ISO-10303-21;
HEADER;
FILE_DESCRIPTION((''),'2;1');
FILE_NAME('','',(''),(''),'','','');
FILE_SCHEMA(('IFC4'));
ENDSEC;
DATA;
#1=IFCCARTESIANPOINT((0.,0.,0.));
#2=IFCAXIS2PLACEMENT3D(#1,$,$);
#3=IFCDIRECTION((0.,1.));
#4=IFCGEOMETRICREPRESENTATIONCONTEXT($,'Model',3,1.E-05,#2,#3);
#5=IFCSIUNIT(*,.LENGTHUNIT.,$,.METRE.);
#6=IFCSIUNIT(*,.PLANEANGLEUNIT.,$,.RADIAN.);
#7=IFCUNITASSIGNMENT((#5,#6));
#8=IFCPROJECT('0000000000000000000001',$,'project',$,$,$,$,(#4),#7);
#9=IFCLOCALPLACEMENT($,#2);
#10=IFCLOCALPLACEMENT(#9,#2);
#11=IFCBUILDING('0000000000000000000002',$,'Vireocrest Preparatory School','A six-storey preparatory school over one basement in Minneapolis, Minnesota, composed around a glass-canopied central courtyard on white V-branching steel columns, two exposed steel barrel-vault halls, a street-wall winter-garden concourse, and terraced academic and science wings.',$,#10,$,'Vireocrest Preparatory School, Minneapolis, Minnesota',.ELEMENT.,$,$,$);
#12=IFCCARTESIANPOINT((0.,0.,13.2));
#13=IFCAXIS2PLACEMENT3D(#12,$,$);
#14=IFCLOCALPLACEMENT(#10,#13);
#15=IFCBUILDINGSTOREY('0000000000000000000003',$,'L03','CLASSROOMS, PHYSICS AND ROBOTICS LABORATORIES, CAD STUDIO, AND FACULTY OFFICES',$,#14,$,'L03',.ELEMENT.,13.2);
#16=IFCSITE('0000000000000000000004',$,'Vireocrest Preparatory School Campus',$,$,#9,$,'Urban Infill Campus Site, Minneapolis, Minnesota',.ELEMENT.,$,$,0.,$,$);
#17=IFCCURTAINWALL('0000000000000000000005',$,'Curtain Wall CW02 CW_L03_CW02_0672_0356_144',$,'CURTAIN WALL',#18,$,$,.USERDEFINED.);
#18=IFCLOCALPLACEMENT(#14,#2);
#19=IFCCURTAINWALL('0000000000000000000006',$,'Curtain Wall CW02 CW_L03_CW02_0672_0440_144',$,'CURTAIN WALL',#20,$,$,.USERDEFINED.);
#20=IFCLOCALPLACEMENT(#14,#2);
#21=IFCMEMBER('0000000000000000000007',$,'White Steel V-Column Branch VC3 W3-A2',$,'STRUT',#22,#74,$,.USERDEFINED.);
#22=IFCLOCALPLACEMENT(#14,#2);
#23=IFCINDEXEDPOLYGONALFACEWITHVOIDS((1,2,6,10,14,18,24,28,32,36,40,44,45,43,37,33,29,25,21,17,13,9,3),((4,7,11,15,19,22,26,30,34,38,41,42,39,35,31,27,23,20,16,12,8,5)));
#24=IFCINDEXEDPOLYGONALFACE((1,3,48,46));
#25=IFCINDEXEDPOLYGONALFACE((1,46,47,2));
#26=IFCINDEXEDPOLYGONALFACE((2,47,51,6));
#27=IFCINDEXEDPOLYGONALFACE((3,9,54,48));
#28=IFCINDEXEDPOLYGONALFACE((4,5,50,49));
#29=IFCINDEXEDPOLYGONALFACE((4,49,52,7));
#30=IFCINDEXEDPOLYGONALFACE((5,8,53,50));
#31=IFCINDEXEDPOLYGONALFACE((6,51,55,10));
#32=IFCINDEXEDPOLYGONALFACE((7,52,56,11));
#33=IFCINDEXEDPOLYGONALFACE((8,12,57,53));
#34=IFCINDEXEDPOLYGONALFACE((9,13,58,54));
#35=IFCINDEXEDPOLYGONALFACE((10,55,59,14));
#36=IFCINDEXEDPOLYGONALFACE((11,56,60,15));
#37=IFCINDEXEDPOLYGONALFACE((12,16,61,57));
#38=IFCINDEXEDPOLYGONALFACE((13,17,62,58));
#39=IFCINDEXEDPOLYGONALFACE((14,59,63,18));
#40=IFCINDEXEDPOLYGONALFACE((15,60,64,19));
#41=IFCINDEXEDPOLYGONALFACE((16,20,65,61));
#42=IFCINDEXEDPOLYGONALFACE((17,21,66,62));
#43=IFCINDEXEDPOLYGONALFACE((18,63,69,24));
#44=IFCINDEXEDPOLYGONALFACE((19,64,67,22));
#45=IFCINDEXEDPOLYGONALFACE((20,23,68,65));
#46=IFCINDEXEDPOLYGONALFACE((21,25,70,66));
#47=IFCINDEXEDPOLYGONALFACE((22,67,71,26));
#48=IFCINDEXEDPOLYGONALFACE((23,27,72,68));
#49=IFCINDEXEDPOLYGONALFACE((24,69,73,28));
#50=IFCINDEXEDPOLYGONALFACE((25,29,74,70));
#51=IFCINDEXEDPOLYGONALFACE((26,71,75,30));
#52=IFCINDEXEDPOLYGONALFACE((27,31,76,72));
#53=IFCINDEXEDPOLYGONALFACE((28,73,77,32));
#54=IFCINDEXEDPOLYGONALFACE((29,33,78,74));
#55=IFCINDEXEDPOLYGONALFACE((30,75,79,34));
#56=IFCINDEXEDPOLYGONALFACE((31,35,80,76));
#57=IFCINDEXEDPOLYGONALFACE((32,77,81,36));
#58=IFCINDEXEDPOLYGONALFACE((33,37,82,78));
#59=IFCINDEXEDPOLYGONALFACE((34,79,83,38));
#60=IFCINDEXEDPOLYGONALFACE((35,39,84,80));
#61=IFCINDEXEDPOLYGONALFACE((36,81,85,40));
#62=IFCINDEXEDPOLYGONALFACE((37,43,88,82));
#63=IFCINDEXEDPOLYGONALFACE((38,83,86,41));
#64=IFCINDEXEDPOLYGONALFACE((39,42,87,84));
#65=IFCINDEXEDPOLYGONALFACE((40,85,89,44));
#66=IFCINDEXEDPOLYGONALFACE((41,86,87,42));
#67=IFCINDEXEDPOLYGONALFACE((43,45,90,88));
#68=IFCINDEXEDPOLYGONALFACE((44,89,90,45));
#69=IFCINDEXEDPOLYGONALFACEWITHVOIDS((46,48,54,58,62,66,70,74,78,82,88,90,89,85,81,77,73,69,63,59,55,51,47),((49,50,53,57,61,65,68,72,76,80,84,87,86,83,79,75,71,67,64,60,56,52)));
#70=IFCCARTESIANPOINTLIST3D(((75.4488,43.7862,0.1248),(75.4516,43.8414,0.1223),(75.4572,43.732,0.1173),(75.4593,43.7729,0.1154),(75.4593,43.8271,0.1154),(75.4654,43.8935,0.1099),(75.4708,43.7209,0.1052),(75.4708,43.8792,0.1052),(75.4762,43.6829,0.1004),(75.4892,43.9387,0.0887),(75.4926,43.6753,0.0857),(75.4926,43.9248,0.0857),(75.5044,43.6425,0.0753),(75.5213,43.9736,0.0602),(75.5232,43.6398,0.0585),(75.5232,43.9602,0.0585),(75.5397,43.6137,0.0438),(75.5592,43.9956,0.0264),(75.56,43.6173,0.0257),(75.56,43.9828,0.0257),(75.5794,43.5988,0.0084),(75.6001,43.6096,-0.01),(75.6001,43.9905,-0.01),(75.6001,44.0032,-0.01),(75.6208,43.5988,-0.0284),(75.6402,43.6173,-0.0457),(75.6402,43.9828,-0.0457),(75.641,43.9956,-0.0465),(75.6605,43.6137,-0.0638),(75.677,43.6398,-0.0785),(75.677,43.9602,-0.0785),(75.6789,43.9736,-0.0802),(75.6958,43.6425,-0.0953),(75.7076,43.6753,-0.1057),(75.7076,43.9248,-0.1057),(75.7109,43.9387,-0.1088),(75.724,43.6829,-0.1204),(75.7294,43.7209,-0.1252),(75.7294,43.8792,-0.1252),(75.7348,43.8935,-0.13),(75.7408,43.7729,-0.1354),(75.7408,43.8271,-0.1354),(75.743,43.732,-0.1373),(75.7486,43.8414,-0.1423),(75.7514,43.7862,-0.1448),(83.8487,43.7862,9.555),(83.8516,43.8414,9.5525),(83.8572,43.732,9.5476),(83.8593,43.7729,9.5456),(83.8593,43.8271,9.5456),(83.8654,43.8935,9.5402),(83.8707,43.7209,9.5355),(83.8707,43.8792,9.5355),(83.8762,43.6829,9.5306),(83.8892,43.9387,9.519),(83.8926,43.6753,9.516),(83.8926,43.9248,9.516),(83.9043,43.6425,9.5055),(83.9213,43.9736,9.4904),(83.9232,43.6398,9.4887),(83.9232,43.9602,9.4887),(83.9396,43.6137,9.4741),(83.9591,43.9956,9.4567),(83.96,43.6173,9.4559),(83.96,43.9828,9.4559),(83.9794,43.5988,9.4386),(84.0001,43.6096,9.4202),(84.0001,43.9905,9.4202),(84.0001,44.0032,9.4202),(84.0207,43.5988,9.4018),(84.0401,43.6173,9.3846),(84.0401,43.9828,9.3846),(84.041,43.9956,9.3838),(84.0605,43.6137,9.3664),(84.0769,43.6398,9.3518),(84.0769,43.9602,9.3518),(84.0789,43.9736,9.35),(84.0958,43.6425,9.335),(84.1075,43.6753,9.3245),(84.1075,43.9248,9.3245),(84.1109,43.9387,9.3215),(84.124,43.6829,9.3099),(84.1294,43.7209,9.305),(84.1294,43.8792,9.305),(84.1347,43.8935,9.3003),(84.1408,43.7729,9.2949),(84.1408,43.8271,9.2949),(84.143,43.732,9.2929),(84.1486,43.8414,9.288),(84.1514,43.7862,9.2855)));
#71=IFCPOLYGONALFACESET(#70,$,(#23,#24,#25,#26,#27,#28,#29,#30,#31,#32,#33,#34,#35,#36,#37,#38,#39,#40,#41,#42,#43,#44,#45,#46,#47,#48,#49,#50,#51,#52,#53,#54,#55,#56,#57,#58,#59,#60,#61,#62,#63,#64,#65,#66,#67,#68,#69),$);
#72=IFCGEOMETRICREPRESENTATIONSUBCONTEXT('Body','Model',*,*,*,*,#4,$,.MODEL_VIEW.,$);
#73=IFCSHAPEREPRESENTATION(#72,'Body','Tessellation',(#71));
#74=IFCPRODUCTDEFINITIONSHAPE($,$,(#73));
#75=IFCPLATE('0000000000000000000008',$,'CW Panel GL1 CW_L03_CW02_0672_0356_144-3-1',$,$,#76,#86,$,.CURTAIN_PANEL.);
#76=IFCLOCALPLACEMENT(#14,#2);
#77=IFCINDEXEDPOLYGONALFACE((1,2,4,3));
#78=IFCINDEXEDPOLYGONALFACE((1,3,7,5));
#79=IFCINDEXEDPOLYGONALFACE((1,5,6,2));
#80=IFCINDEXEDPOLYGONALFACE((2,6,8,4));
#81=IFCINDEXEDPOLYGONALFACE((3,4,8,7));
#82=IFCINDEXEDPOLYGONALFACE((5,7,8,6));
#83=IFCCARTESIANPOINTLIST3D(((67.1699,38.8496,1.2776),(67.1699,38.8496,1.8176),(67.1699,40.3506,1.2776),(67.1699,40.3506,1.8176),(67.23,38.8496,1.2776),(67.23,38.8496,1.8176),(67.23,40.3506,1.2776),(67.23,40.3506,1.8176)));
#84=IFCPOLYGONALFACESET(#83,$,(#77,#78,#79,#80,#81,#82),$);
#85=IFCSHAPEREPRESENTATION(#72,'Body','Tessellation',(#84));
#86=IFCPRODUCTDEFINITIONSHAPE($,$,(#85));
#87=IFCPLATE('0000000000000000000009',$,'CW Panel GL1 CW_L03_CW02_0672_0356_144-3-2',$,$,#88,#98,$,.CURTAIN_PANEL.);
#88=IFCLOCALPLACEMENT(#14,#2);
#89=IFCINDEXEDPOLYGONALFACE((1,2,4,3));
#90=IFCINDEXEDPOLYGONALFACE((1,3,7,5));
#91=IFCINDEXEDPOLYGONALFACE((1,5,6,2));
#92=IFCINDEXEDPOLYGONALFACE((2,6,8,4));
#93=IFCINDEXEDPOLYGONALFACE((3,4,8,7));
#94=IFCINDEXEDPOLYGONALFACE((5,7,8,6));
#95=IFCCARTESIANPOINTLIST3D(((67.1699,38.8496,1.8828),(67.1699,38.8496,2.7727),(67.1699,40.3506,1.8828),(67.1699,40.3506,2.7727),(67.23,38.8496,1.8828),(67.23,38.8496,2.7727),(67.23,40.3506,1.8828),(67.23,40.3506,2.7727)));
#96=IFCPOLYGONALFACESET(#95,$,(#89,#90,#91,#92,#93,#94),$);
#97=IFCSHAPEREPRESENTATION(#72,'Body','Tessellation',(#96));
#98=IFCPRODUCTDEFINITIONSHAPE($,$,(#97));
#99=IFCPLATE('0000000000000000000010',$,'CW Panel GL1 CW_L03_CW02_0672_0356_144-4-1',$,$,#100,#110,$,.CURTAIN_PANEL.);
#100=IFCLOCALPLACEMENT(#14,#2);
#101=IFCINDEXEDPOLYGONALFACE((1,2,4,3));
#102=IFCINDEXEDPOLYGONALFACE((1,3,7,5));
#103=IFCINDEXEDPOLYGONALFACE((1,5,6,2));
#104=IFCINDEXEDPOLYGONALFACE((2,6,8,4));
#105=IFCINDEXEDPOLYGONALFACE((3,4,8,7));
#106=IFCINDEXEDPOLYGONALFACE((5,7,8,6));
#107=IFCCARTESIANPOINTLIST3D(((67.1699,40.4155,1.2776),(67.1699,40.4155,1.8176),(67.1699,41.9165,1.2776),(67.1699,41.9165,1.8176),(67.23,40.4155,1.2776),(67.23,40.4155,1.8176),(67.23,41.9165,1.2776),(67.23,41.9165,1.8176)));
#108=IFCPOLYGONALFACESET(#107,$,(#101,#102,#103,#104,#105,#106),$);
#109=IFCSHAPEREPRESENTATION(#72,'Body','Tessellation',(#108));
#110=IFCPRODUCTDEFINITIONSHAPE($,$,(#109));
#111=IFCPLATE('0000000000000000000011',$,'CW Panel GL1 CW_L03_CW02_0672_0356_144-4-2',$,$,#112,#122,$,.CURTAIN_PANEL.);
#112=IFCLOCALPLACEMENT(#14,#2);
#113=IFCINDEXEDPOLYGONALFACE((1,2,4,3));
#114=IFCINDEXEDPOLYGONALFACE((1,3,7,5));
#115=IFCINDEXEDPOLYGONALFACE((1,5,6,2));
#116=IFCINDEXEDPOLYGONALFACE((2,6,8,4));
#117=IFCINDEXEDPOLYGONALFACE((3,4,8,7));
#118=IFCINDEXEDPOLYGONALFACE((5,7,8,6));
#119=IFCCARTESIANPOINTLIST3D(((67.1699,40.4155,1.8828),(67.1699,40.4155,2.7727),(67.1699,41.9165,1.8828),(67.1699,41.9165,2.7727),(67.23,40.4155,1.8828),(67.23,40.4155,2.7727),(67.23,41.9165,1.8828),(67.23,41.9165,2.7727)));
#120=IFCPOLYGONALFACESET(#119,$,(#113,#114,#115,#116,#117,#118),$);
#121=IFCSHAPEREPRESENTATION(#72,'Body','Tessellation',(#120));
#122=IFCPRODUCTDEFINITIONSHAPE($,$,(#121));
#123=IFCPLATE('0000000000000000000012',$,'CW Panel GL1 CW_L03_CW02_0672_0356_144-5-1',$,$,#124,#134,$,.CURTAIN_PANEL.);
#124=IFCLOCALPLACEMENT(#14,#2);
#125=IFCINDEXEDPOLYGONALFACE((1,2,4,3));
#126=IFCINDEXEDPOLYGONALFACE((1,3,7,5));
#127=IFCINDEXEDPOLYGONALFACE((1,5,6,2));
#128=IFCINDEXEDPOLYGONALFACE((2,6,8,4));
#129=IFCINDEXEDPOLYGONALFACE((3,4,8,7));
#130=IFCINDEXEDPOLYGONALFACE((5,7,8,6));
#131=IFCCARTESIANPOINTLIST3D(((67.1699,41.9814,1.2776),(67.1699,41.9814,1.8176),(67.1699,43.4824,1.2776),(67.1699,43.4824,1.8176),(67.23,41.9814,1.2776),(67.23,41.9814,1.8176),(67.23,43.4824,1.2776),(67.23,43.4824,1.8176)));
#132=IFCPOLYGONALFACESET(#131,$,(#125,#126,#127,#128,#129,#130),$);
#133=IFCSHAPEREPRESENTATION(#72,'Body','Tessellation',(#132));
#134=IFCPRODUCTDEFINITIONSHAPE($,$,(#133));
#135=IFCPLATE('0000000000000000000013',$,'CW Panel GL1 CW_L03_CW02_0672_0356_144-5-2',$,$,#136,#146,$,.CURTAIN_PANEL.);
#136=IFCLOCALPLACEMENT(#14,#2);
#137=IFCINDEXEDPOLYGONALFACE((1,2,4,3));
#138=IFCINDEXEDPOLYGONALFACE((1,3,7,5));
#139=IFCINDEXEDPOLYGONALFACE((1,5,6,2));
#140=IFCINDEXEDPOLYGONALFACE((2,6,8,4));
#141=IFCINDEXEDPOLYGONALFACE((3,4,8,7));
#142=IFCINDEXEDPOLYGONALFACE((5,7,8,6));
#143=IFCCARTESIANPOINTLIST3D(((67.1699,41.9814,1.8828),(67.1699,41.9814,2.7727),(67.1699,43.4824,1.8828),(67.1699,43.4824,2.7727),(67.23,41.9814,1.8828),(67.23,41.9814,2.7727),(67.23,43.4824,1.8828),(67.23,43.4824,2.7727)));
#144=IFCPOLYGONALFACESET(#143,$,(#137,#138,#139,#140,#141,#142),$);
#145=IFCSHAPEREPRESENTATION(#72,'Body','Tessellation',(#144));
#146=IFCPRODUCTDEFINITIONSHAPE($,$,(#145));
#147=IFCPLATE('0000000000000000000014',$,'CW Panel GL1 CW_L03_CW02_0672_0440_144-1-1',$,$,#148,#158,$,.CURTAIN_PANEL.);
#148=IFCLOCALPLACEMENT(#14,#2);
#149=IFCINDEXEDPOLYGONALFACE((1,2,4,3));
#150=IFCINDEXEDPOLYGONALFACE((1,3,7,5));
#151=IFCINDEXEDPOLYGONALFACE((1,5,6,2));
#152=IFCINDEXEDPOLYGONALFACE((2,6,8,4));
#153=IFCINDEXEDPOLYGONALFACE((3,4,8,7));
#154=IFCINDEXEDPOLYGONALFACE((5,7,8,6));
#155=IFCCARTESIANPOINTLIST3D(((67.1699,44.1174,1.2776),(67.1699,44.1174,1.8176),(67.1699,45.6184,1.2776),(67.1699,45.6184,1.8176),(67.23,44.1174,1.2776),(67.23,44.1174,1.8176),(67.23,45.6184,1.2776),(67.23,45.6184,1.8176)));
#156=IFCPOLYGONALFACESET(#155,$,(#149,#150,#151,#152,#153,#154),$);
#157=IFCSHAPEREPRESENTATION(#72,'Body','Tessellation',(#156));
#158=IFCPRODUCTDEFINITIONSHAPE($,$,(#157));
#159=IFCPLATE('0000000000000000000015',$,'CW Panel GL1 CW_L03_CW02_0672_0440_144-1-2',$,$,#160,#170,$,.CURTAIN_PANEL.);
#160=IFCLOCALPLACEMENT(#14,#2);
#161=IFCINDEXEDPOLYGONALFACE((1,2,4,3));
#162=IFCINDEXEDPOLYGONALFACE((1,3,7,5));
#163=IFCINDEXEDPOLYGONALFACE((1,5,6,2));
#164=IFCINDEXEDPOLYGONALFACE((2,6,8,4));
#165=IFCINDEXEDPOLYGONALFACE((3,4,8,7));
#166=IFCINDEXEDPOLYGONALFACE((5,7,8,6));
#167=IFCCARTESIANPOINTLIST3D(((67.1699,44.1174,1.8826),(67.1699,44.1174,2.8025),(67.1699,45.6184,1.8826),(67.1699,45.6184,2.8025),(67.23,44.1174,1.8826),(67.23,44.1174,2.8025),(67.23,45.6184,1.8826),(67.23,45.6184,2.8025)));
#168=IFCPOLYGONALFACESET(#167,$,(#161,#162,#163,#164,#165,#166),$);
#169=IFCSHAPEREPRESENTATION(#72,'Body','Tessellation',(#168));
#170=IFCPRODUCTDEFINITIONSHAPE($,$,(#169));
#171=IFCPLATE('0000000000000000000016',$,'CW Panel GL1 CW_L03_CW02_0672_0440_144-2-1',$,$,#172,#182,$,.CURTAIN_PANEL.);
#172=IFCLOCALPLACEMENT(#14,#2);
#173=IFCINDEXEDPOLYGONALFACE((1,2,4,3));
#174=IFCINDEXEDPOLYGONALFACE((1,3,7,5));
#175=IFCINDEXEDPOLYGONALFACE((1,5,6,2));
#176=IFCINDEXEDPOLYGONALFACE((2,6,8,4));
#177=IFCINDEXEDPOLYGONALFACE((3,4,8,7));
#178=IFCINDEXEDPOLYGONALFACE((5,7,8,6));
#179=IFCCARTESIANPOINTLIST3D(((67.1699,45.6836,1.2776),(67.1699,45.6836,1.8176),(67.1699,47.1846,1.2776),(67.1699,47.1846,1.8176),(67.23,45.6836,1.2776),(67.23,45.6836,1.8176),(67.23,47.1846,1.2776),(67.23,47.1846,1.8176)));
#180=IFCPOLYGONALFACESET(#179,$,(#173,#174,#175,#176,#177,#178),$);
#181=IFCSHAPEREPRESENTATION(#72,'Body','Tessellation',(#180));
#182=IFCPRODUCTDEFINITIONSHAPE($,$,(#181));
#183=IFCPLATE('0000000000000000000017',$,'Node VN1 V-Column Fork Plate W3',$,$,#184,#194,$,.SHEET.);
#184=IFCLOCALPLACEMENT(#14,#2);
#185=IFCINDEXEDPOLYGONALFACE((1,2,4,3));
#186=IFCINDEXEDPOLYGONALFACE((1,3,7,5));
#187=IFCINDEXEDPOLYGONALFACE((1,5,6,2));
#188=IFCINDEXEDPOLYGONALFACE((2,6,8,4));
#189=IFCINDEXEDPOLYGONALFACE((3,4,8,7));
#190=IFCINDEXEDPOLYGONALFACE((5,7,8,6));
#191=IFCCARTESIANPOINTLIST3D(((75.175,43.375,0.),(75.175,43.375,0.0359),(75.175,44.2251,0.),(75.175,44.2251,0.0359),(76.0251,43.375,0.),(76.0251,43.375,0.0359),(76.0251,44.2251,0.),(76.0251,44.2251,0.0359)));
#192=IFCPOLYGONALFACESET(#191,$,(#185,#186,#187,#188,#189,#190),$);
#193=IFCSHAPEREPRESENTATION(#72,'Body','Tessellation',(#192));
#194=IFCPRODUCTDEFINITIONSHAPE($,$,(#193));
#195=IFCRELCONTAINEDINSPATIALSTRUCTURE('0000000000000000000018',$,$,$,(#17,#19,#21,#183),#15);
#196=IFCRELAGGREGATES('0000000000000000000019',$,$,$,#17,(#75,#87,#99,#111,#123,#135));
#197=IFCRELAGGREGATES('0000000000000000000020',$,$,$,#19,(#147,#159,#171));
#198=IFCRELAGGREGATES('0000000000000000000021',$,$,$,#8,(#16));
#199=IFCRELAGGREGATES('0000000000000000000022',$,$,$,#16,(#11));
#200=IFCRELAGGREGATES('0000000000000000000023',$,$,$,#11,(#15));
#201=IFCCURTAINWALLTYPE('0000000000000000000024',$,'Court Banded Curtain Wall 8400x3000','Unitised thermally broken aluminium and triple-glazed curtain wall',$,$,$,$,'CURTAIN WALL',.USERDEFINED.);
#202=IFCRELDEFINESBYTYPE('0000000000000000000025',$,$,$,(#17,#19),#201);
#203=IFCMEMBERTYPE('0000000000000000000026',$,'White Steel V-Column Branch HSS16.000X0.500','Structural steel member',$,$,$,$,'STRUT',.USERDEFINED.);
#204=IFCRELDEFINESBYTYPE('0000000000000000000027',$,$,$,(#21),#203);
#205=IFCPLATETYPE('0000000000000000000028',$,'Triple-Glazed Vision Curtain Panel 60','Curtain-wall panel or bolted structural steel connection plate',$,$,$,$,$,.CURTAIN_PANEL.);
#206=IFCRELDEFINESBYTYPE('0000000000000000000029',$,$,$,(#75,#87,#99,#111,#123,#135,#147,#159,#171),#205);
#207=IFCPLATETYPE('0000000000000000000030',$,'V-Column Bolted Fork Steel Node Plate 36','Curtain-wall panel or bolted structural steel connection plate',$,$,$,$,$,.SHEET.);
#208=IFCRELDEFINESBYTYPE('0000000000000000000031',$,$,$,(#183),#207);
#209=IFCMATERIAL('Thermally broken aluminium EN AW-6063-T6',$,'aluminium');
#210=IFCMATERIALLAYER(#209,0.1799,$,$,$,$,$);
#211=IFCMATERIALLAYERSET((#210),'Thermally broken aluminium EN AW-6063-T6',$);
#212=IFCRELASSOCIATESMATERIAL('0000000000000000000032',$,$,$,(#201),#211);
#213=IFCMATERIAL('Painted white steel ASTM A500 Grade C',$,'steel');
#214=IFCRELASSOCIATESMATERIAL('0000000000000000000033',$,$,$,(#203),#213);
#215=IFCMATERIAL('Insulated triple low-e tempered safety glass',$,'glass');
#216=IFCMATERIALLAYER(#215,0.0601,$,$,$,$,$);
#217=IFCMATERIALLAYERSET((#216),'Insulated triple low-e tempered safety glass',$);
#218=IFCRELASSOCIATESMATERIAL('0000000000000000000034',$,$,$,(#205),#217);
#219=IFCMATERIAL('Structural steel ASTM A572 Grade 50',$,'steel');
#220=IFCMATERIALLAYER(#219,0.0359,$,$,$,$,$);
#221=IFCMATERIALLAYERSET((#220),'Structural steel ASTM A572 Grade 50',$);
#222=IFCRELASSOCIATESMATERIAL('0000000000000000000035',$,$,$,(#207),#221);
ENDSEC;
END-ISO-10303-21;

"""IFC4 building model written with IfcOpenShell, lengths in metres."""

from ifc_helpers import new_model, si_unit, direction, frame, origin, origin_2d, place, context, subcontext, project, spatial, rectangle, hollow_circle, extrude, material, layer, layer_set, material_profile, profile_set, type_object, element, aggregate, save


model = new_model("IFC4")

# Units and contexts
model_context = context("Model", 3, precision=1e-05, world=origin(), true_north=direction((0.0, 1.0)))
body_context = subcontext(model_context, "Body", "Model", "MODEL_VIEW")
ifc_project = project(units=[si_unit("LENGTHUNIT", "METRE"), si_unit("PLANEANGLEUNIT", "RADIAN")], contexts=[model_context])

# Site, building, storey
site_placement = place(None, origin())
site = spatial("IfcSite", under=ifc_project, at=site_placement, Name="Vireocrest Preparatory School Campus", LongName="Urban Infill Campus Site, Minneapolis, Minnesota", CompositionType="ELEMENT", RefElevation=0.0)
building_placement = place(site_placement, origin())
building = spatial("IfcBuilding", under=site, at=building_placement, Name="Vireocrest Preparatory School", Description="A six-storey preparatory school over one basement in Minneapolis, Minnesota, composed around a glass-canopied central courtyard on white V-branching steel columns, two exposed steel barrel-vault halls, a street-wall winter-garden concourse, and terraced academic and science wings.", LongName="Vireocrest Preparatory School, Minneapolis, Minnesota", CompositionType="ELEMENT")
storey_placement = place(building_placement, frame((0.0, 0.0, 13.2)))
storey = spatial("IfcBuildingStorey", under=building, at=storey_placement, Name="L03", Description="CLASSROOMS, PHYSICS AND ROBOTICS LABORATORIES, CAD STUDIO, AND FACULTY OFFICES", LongName="L03", CompositionType="ELEMENT", Elevation=13.2)

# Curtain walls
ifc_material_1 = material(Name="Thermally broken aluminium EN AW-6063-T6", Category="aluminium")
ifc_layer_1 = layer(ifc_material_1, 0.1799)
ifc_layer_set_1 = layer_set([ifc_layer_1], Name="Thermally broken aluminium EN AW-6063-T6")
curtain_wall_type = type_object("IfcCurtainWallType", Name="Court Banded Curtain Wall 8400x3000", Description="Unitised thermally broken aluminium and triple-glazed curtain wall", ElementType="CURTAIN WALL", PredefinedType="USERDEFINED", material=ifc_layer_set_1)
curtain_wall_1_placement = place(storey_placement, origin())
curtain_wall_1 = element("IfcCurtainWall", 1, at=curtain_wall_1_placement, inside=storey, type_object=curtain_wall_type, Name="Curtain Wall CW02 CW_L03_CW02_0672_0356_144", ObjectType="CURTAIN WALL", PredefinedType="USERDEFINED")
curtain_wall_2_placement = place(storey_placement, origin())
curtain_wall_2 = element("IfcCurtainWall", 2, at=curtain_wall_2_placement, inside=storey, type_object=curtain_wall_type, Name="Curtain Wall CW02 CW_L03_CW02_0672_0440_144", ObjectType="CURTAIN WALL", PredefinedType="USERDEFINED")

# Member
ifc_material_2 = material(Name="Painted white steel ASTM A500 Grade C", Category="steel")
ifc_material_profile_1 = material_profile(ifc_material_2, hollow_circle(Radius=0.2031, WallThickness=0.0127, at=origin_2d()), Name="HSS16.000X0.500")
ifc_profile_set_1 = profile_set([ifc_material_profile_1], Name="Painted white steel ASTM A500 Grade C")
member_type_1 = type_object("IfcMemberType", Name="White Steel V-Column Branch HSS16.000X0.500", Description="Structural steel member", ElementType="STRUT", PredefinedType="USERDEFINED", material=ifc_profile_set_1)
for number, where, z_axis, x_axis, name in (
    (3, (75.6001, 43.8, -0.01), (0.665139, 0.0, 0.74672), (0.0, 1.0, 0.0), "White Steel V-Column Branch VC3 W3-A2"),
):
    element("IfcMember", number, at=place(storey_placement, frame(where, z_axis=z_axis, x_axis=x_axis)), inside=storey, type_object=member_type_1, Name=name, ObjectType="STRUT", PredefinedType="USERDEFINED", context=body_context, shape_type="SweptSolid", body=[
        extrude(hollow_circle(Radius=0.2031, WallThickness=0.0127, at=origin_2d()), origin(), (0.0, 0.0, 1.0), 12.6289),
    ])

# Plates
ifc_material_3 = material(Name="Insulated triple low-e tempered safety glass", Category="glass")
ifc_layer_2 = layer(ifc_material_3, 0.0601)
ifc_layer_set_2 = layer_set([ifc_layer_2], Name="Insulated triple low-e tempered safety glass")
plate_type_1 = type_object("IfcPlateType", Name="Triple-Glazed Vision Curtain Panel 60", Description="Curtain-wall panel or bolted structural steel connection plate", PredefinedType="CURTAIN_PANEL", material=ifc_layer_set_2)
plate_1_placement = place(storey_placement, frame((67.2, 39.6001, 1.2776), z_axis=(0.0, 0.0, 1.0), x_axis=(0.0, 1.0, 0.0)))
plate_1 = element("IfcPlate", 4, at=plate_1_placement, type_object=plate_type_1, Name="CW Panel GL1 CW_L03_CW02_0672_0356_144-3-1", PredefinedType="CURTAIN_PANEL", context=body_context, shape_type="SweptSolid", body=[
    extrude(rectangle(XDim=1.501, YDim=0.0601, at=origin_2d()), origin(), (0.0, 0.0, 1.0), 0.54),
])
plate_2_placement = place(storey_placement, frame((67.2, 39.6001, 1.8828), z_axis=(0.0, 0.0, 1.0), x_axis=(0.0, 1.0, 0.0)))
plate_2 = element("IfcPlate", 5, at=plate_2_placement, type_object=plate_type_1, Name="CW Panel GL1 CW_L03_CW02_0672_0356_144-3-2", PredefinedType="CURTAIN_PANEL", context=body_context, shape_type="SweptSolid", body=[
    extrude(rectangle(XDim=1.501, YDim=0.0601, at=origin_2d()), origin(), (0.0, 0.0, 1.0), 0.8899),
])
plate_3_placement = place(storey_placement, frame((67.2, 41.166, 1.2776), z_axis=(0.0, 0.0, 1.0), x_axis=(0.0, 1.0, 0.0)))
plate_3 = element("IfcPlate", 6, at=plate_3_placement, type_object=plate_type_1, Name="CW Panel GL1 CW_L03_CW02_0672_0356_144-4-1", PredefinedType="CURTAIN_PANEL", context=body_context, shape_type="SweptSolid", body=[
    extrude(rectangle(XDim=1.501, YDim=0.0601, at=origin_2d()), origin(), (0.0, 0.0, 1.0), 0.54),
])
plate_4_placement = place(storey_placement, frame((67.2, 41.166, 1.8828), z_axis=(0.0, 0.0, 1.0), x_axis=(0.0, 1.0, 0.0)))
plate_4 = element("IfcPlate", 7, at=plate_4_placement, type_object=plate_type_1, Name="CW Panel GL1 CW_L03_CW02_0672_0356_144-4-2", PredefinedType="CURTAIN_PANEL", context=body_context, shape_type="SweptSolid", body=[
    extrude(rectangle(XDim=1.501, YDim=0.0601, at=origin_2d()), origin(), (0.0, 0.0, 1.0), 0.8899),
])
plate_5_placement = place(storey_placement, frame((67.2, 42.7319, 1.2776), z_axis=(0.0, 0.0, 1.0), x_axis=(0.0, 1.0, 0.0)))
plate_5 = element("IfcPlate", 8, at=plate_5_placement, type_object=plate_type_1, Name="CW Panel GL1 CW_L03_CW02_0672_0356_144-5-1", PredefinedType="CURTAIN_PANEL", context=body_context, shape_type="SweptSolid", body=[
    extrude(rectangle(XDim=1.501, YDim=0.0601, at=origin_2d()), origin(), (0.0, 0.0, 1.0), 0.54),
])
plate_6_placement = place(storey_placement, frame((67.2, 42.7319, 1.8828), z_axis=(0.0, 0.0, 1.0), x_axis=(0.0, 1.0, 0.0)))
plate_6 = element("IfcPlate", 9, at=plate_6_placement, type_object=plate_type_1, Name="CW Panel GL1 CW_L03_CW02_0672_0356_144-5-2", PredefinedType="CURTAIN_PANEL", context=body_context, shape_type="SweptSolid", body=[
    extrude(rectangle(XDim=1.501, YDim=0.0601, at=origin_2d()), origin(), (0.0, 0.0, 1.0), 0.8899),
])
aggregate(curtain_wall_1, [plate_1, plate_2, plate_3, plate_4, plate_5, plate_6])
plate_7_placement = place(storey_placement, frame((67.2, 44.8679, 1.2776), z_axis=(0.0, 0.0, 1.0), x_axis=(0.0, 1.0, 0.0)))
plate_7 = element("IfcPlate", 10, at=plate_7_placement, type_object=plate_type_1, Name="CW Panel GL1 CW_L03_CW02_0672_0440_144-1-1", PredefinedType="CURTAIN_PANEL", context=body_context, shape_type="SweptSolid", body=[
    extrude(rectangle(XDim=1.501, YDim=0.0601, at=origin_2d()), origin(), (0.0, 0.0, 1.0), 0.54),
])
plate_8_placement = place(storey_placement, frame((67.2, 44.8679, 1.8826), z_axis=(0.0, 0.0, 1.0), x_axis=(0.0, 1.0, 0.0)))
plate_8 = element("IfcPlate", 11, at=plate_8_placement, type_object=plate_type_1, Name="CW Panel GL1 CW_L03_CW02_0672_0440_144-1-2", PredefinedType="CURTAIN_PANEL", context=body_context, shape_type="SweptSolid", body=[
    extrude(rectangle(XDim=1.501, YDim=0.0601, at=origin_2d()), origin(), (0.0, 0.0, 1.0), 0.9199),
])
plate_9_placement = place(storey_placement, frame((67.2, 46.4341, 1.2776), z_axis=(0.0, 0.0, 1.0), x_axis=(0.0, 1.0, 0.0)))
plate_9 = element("IfcPlate", 12, at=plate_9_placement, type_object=plate_type_1, Name="CW Panel GL1 CW_L03_CW02_0672_0440_144-2-1", PredefinedType="CURTAIN_PANEL", context=body_context, shape_type="SweptSolid", body=[
    extrude(rectangle(XDim=1.501, YDim=0.0601, at=origin_2d()), origin(), (0.0, 0.0, 1.0), 0.54),
])
aggregate(curtain_wall_2, [plate_7, plate_8, plate_9])
ifc_material_4 = material(Name="Structural steel ASTM A572 Grade 50", Category="steel")
ifc_layer_3 = layer(ifc_material_4, 0.0359)
ifc_layer_set_3 = layer_set([ifc_layer_3], Name="Structural steel ASTM A572 Grade 50")
plate_type_2 = type_object("IfcPlateType", Name="V-Column Bolted Fork Steel Node Plate 36", Description="Curtain-wall panel or bolted structural steel connection plate", PredefinedType="SHEET", material=ifc_layer_set_3)
plate_10_placement = place(storey_placement, frame((75.6001, 43.8, 0.0), z_axis=(0.0, 0.0, 1.0), x_axis=(1.0, 0.0, 0.0)))
element("IfcPlate", 13, at=plate_10_placement, inside=storey, type_object=plate_type_2, Name="Node VN1 V-Column Fork Plate W3", PredefinedType="SHEET", context=body_context, shape_type="SweptSolid", body=[
    extrude(rectangle(XDim=0.8501, YDim=0.8501, at=origin_2d()), origin(), (0.0, 0.0, 1.0), 0.0359),
])

save(model, "model.ifc")
